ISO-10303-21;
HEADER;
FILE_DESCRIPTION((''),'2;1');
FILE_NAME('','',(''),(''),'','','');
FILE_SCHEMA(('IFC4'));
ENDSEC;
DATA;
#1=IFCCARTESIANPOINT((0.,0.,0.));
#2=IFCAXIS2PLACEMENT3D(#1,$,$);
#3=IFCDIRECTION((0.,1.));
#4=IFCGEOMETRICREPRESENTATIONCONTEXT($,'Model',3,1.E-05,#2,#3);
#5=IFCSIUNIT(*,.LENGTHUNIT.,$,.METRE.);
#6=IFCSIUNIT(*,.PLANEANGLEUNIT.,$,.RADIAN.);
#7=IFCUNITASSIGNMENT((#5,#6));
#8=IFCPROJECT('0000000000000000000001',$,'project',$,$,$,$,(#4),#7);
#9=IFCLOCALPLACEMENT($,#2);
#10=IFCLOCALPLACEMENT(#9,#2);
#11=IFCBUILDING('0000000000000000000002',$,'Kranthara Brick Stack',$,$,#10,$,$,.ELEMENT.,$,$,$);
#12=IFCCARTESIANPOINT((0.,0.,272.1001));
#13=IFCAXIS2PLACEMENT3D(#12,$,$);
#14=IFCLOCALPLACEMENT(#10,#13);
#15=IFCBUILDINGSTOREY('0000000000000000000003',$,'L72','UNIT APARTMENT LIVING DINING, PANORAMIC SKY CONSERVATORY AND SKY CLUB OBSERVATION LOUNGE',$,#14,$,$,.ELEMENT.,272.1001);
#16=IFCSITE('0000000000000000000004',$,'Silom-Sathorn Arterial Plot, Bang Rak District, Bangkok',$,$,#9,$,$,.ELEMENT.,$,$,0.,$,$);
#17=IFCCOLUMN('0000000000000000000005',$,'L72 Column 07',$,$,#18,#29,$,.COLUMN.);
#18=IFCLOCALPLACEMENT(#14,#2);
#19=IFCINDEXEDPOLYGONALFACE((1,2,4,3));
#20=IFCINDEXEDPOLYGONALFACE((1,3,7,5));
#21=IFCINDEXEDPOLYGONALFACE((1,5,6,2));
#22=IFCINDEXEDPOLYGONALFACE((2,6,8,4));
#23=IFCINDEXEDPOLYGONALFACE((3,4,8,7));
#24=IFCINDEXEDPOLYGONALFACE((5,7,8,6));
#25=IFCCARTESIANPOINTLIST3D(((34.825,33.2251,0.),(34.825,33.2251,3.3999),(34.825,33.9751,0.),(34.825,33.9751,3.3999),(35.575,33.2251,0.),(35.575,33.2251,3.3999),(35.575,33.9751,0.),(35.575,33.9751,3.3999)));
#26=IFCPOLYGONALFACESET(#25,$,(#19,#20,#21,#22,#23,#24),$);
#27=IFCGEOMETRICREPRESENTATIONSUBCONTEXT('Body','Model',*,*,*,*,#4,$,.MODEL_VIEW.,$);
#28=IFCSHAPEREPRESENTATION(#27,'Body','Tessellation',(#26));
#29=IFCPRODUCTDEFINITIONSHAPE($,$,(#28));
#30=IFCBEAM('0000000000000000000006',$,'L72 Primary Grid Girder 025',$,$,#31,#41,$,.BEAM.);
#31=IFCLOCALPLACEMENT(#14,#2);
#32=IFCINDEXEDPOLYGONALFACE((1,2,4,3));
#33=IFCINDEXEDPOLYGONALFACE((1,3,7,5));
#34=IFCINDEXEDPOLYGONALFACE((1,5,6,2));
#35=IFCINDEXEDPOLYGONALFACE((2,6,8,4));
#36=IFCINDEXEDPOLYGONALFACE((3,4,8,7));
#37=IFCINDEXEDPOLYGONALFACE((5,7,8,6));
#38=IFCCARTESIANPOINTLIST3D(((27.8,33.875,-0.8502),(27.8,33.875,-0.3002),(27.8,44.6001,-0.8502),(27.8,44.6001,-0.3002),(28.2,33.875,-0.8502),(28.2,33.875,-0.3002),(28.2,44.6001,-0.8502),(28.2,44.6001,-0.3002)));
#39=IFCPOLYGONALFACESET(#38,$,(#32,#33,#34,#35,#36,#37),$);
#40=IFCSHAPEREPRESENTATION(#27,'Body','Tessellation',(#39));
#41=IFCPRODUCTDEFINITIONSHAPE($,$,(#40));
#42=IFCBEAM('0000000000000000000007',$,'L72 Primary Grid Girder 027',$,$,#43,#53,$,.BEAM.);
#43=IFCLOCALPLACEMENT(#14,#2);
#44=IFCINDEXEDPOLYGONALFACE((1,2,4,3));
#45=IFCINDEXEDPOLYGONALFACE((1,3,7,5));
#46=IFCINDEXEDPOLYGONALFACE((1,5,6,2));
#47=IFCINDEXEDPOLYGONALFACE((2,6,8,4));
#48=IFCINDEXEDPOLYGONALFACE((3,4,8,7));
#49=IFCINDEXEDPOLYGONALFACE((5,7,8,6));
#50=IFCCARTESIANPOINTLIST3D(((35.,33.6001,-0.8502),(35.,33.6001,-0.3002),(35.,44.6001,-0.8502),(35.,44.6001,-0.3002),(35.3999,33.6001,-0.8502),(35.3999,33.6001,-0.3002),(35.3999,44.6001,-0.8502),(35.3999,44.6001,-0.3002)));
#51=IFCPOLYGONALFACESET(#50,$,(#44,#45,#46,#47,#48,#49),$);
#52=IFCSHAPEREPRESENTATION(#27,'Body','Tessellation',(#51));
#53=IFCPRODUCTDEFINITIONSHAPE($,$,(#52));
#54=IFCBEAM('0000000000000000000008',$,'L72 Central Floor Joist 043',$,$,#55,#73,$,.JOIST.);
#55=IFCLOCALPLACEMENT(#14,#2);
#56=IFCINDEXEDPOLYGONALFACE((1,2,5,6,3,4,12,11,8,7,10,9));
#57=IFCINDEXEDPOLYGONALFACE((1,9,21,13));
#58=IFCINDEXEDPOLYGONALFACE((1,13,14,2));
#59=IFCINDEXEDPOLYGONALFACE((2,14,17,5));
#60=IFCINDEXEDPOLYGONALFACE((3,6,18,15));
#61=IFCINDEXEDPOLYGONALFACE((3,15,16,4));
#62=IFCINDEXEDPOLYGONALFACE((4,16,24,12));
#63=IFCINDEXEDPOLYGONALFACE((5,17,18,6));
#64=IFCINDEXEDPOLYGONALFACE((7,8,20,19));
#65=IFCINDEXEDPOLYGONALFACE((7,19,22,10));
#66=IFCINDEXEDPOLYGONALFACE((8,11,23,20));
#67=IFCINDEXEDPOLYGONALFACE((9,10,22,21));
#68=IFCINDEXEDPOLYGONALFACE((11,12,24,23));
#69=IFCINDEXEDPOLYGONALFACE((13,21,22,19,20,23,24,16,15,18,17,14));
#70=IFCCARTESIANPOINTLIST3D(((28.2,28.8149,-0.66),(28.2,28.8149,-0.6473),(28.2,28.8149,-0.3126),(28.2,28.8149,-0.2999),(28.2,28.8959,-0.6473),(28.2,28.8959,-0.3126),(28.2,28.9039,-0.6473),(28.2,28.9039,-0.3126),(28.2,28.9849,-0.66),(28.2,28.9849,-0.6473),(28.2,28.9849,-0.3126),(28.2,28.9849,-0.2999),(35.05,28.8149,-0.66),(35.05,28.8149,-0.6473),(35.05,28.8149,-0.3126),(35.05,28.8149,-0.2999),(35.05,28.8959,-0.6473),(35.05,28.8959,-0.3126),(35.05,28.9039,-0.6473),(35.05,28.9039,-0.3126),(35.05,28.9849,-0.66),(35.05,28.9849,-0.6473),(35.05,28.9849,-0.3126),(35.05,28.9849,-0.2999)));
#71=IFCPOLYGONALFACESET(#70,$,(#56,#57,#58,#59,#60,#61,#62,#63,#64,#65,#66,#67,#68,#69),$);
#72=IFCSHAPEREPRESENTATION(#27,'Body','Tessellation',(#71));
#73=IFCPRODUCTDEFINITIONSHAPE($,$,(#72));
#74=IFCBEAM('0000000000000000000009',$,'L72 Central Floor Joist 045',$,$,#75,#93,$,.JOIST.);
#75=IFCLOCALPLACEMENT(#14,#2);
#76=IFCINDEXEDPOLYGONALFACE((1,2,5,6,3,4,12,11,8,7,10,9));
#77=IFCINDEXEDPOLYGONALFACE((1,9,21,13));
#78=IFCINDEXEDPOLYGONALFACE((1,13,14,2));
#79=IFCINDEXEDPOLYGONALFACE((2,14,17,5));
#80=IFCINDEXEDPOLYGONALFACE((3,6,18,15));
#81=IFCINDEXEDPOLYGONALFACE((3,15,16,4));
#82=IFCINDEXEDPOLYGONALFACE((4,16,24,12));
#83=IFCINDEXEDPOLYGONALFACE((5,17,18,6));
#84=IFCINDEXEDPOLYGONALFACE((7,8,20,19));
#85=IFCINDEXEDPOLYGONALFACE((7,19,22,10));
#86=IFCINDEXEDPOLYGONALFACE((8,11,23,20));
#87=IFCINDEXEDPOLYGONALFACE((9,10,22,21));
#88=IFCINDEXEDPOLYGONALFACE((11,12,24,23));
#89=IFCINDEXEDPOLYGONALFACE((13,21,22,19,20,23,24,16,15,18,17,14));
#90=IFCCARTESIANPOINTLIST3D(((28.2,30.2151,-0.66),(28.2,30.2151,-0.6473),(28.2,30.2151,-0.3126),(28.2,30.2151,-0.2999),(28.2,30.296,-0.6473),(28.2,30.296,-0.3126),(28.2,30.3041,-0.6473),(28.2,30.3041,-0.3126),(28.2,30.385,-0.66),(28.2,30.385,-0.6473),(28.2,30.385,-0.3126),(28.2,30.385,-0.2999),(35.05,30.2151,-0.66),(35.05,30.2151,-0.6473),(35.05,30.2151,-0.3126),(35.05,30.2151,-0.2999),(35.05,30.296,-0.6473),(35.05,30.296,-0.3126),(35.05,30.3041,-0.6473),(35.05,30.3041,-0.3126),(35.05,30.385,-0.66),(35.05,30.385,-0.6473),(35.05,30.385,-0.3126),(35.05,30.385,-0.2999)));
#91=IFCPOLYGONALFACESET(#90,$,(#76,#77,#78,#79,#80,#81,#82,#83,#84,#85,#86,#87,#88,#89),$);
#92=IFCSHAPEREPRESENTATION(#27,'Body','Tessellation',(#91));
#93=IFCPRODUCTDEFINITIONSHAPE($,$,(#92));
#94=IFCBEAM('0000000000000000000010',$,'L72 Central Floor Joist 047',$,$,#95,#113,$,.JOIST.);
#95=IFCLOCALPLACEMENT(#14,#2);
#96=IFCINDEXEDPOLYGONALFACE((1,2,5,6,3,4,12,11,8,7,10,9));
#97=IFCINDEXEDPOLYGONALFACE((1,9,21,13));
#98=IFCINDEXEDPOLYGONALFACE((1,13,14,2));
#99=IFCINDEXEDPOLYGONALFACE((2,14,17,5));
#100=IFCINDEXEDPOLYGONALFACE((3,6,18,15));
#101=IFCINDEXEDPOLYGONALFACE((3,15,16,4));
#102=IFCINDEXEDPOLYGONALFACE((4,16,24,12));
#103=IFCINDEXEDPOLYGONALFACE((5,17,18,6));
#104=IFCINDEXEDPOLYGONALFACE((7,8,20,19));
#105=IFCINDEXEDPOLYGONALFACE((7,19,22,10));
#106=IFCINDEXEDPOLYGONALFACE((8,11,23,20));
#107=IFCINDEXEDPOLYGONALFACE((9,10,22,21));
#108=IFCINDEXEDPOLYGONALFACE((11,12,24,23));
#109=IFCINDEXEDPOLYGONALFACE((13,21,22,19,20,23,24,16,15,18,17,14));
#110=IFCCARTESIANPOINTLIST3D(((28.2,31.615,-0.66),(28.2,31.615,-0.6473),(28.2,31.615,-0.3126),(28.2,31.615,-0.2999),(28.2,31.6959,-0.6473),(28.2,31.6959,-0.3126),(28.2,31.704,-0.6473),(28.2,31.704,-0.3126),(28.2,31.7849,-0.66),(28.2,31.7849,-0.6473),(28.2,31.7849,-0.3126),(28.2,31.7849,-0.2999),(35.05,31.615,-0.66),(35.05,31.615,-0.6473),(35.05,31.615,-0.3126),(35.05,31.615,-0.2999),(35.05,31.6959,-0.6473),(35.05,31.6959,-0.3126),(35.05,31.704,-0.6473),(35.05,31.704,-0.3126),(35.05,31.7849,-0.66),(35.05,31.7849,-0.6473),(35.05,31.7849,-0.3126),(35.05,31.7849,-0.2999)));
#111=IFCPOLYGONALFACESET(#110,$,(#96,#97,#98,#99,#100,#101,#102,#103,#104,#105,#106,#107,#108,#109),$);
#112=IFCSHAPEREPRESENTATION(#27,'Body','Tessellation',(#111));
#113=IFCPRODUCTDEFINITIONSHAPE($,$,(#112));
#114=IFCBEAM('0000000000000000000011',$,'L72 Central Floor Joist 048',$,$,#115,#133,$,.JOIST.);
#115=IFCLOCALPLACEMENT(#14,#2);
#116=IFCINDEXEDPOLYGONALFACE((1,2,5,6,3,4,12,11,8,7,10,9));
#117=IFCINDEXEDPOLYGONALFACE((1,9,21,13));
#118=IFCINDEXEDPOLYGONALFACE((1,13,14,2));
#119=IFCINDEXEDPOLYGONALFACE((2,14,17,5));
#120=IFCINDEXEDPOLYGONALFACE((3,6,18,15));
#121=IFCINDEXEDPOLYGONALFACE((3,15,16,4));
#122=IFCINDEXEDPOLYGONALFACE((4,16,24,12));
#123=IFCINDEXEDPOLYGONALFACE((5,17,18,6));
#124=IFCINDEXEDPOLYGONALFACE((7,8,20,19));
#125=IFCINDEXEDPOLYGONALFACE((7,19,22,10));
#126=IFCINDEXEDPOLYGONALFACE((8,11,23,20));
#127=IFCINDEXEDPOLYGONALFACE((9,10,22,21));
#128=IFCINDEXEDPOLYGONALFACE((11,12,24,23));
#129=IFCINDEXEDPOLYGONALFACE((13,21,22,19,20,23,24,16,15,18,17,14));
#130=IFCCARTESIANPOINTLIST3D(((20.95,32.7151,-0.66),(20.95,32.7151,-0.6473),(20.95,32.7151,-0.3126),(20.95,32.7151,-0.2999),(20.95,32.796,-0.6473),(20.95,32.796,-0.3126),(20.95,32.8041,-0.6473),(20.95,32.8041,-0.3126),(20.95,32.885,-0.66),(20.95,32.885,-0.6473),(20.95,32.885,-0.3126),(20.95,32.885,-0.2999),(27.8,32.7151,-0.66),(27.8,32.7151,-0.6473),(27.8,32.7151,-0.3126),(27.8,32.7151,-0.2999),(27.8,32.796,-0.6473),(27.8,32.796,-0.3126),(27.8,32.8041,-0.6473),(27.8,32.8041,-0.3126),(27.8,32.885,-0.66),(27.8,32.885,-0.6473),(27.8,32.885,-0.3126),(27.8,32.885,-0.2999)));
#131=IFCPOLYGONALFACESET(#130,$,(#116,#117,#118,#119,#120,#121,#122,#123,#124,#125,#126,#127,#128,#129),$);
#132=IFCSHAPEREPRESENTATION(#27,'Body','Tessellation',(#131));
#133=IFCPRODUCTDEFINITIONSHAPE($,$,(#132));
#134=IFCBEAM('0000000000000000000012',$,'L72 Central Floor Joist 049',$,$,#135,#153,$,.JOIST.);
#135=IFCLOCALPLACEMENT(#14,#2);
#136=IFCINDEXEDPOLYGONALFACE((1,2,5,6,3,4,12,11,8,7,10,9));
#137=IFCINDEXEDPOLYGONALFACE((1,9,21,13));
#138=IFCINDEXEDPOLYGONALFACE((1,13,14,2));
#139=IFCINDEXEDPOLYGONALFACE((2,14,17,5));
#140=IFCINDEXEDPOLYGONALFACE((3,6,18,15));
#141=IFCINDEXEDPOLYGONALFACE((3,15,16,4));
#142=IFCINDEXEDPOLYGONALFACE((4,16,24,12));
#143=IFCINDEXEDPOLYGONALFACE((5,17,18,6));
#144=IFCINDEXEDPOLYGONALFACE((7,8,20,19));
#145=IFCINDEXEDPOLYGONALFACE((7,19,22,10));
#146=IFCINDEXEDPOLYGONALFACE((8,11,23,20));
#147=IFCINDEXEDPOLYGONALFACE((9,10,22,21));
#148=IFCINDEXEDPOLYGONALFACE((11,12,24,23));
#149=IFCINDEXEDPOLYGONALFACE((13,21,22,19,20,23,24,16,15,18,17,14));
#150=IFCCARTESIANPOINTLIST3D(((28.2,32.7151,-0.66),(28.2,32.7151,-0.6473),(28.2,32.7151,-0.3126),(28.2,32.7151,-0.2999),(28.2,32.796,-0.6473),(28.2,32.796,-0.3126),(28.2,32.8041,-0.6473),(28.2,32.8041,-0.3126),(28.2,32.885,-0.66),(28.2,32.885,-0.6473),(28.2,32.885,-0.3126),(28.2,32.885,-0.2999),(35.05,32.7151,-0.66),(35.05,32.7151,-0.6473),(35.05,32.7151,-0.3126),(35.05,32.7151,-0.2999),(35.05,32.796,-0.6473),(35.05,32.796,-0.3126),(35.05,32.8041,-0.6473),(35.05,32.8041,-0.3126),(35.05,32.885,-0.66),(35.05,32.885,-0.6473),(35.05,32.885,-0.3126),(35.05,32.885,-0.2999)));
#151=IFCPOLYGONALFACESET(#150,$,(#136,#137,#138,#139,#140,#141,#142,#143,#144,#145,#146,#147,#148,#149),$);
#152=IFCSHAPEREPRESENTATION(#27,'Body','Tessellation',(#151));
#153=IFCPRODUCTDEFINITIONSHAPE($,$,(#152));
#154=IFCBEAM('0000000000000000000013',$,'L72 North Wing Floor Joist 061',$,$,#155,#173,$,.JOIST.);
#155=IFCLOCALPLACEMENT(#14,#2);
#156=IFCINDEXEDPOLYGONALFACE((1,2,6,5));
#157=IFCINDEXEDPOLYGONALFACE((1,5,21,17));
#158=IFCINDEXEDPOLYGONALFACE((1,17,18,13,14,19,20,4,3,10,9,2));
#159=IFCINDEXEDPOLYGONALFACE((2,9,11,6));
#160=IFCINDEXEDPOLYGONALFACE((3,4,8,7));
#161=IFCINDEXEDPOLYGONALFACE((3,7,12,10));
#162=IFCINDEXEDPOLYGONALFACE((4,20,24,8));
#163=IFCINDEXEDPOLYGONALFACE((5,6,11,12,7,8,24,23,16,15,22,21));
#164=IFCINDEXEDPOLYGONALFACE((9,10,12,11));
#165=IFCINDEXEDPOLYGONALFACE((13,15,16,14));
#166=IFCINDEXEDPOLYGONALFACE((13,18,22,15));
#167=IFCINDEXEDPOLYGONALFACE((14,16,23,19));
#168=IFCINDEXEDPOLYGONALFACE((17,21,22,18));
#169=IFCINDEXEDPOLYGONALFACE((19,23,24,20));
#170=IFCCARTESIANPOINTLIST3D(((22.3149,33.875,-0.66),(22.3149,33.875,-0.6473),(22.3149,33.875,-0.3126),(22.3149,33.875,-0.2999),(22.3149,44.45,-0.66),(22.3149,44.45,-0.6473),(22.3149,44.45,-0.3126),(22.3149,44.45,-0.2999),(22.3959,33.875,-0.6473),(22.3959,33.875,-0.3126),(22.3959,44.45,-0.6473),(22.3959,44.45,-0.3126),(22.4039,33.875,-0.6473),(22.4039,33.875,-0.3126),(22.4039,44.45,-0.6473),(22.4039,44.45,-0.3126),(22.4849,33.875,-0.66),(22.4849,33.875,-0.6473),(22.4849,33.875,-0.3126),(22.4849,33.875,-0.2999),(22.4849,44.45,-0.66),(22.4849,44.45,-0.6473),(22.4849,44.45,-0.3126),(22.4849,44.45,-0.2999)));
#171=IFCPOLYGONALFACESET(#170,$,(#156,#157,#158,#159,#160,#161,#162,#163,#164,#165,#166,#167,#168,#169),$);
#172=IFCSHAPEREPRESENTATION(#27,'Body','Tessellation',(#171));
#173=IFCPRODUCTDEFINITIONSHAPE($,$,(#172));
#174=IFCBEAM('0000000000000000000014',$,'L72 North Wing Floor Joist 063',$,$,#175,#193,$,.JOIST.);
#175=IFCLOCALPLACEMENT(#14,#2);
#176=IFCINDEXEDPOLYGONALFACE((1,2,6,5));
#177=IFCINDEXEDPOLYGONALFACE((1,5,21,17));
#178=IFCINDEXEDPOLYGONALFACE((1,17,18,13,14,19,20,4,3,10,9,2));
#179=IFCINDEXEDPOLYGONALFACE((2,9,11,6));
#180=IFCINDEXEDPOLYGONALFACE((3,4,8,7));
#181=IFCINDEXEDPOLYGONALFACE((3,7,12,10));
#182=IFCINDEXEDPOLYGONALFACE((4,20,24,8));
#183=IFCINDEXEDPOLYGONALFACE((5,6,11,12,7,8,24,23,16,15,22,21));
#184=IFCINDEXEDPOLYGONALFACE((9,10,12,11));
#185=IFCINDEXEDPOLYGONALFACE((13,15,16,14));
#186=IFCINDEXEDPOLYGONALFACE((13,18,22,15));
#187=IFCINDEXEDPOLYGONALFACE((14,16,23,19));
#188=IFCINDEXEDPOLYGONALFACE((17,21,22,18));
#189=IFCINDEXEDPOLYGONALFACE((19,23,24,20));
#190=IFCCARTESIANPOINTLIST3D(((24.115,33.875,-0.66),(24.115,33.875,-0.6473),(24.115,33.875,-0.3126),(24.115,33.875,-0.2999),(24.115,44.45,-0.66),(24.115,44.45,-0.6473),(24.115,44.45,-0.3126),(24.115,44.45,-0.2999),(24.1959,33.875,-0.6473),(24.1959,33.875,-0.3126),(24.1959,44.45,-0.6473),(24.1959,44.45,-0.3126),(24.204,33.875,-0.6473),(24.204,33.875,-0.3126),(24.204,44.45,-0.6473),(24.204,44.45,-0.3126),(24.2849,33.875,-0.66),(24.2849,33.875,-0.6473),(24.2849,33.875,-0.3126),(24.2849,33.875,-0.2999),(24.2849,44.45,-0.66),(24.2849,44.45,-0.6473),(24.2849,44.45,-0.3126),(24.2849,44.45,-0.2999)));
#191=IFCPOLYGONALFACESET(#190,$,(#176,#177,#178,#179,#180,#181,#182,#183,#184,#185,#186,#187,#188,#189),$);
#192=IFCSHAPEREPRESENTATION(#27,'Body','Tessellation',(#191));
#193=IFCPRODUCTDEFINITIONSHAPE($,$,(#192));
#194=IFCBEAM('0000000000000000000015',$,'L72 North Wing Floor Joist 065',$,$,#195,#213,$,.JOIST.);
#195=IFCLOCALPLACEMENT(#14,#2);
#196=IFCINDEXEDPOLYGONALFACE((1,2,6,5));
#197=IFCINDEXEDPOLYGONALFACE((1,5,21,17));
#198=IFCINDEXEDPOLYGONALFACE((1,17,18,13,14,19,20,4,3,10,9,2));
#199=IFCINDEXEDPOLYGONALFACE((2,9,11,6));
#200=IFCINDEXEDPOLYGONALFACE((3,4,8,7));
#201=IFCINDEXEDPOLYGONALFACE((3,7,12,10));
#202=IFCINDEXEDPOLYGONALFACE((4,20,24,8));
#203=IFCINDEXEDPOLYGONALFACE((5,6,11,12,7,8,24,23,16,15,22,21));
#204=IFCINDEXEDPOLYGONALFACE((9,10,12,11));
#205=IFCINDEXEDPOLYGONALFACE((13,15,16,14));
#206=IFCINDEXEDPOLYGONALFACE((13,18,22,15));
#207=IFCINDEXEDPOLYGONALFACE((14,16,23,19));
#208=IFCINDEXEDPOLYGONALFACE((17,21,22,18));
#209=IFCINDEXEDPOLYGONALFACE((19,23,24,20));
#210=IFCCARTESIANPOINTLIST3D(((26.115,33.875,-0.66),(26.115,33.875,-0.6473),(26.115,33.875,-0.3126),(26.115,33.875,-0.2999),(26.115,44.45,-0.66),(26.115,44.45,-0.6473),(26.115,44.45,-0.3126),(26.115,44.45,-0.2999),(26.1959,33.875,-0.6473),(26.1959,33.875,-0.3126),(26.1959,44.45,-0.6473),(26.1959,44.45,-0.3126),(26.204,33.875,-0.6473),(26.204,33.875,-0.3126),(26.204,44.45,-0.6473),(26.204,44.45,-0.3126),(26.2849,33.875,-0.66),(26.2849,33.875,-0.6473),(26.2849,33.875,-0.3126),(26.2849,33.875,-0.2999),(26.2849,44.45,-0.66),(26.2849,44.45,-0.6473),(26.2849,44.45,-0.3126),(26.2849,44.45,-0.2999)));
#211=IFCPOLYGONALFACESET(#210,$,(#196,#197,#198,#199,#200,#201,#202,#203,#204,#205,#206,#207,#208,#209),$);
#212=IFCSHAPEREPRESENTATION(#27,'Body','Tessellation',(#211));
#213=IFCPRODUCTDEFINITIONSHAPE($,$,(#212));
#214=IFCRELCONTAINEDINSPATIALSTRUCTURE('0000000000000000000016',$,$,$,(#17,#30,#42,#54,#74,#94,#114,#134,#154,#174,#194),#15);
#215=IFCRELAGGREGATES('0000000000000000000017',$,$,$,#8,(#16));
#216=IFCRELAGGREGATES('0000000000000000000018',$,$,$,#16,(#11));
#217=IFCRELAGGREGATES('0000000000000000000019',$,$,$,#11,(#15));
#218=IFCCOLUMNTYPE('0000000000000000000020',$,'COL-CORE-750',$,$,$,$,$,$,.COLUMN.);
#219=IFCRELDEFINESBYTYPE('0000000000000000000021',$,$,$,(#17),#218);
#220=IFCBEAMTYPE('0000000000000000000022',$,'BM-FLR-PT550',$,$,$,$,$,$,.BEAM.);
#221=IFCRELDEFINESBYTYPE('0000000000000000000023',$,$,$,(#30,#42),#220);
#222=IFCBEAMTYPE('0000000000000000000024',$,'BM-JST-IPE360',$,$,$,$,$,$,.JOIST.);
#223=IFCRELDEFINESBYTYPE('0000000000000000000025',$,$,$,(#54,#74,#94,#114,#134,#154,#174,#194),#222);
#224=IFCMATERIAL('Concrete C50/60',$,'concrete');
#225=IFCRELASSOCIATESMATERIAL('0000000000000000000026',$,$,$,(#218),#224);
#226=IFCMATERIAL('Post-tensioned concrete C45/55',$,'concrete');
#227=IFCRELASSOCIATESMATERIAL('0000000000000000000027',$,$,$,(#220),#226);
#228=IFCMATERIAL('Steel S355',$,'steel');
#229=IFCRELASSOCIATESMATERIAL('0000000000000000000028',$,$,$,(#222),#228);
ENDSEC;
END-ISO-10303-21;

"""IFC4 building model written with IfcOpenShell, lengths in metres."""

from ifc_helpers import new_model, si_unit, direction, frame, origin, origin_2d, place, context, subcontext, project, spatial, rectangle, i_section, extrude, material, material_profile, profile_set, type_object, element, save


model = new_model("IFC4")

# Units and contexts
model_context = context("Model", 3, precision=1e-05, world=origin(), true_north=direction((0.0, 1.0)))
body_context = subcontext(model_context, "Body", "Model", "MODEL_VIEW")
ifc_project = project(units=[si_unit("LENGTHUNIT", "METRE"), si_unit("PLANEANGLEUNIT", "RADIAN")], contexts=[model_context])

# Site, building, storey
site_placement = place(None, origin())
site = spatial("IfcSite", under=ifc_project, at=site_placement, Name="Silom-Sathorn Arterial Plot, Bang Rak District, Bangkok", CompositionType="ELEMENT", RefElevation=0.0)
building_placement = place(site_placement, origin())
building = spatial("IfcBuilding", under=site, at=building_placement, Name="Kranthara Brick Stack", CompositionType="ELEMENT")
storey_placement = place(building_placement, frame((0.0, 0.0, 272.1001)))
storey = spatial("IfcBuildingStorey", under=building, at=storey_placement, Name="L72", Description="UNIT APARTMENT LIVING DINING, PANORAMIC SKY CONSERVATORY AND SKY CLUB OBSERVATION LOUNGE", CompositionType="ELEMENT", Elevation=272.1001)

# Column
ifc_material_1 = material(Name="Concrete C50/60", Category="concrete")
ifc_material_profile_1 = material_profile(ifc_material_1, rectangle(XDim=0.75, YDim=0.75, at=origin_2d()), Name="RC 750x750")
ifc_profile_set_1 = profile_set([ifc_material_profile_1], Name="Concrete C50/60")
column_type = type_object("IfcColumnType", Name="COL-CORE-750", PredefinedType="COLUMN", material=ifc_profile_set_1)
column_placement = place(storey_placement, frame((35.2, 33.6001, 0.0), z_axis=(0.0, 0.0, 1.0), x_axis=(1.0, 0.0, 0.0)))
element("IfcColumn", 1, at=column_placement, inside=storey, type_object=column_type, Name="L72 Column 07", PredefinedType="COLUMN", context=body_context, shape_type="SweptSolid", body=[
    extrude(rectangle(XDim=0.75, YDim=0.75, at=origin_2d()), origin(), (0.0, 0.0, 1.0), 3.3999),
])

# Beams
ifc_material_2 = material(Name="Post-tensioned concrete C45/55", Category="concrete")
ifc_material_profile_2 = material_profile(ifc_material_2, rectangle(XDim=0.3999, YDim=0.55, at=origin_2d()), Name="PT 400x550")
ifc_profile_set_2 = profile_set([ifc_material_profile_2], Name="Post-tensioned concrete C45/55")
beam_type_1 = type_object("IfcBeamType", Name="BM-FLR-PT550", PredefinedType="BEAM", material=ifc_profile_set_2)
beam_1_placement = place(storey_placement, frame((28.0, 33.875, -0.5752), z_axis=(0.0, 1.0, 0.0), x_axis=(-1.0, 0.0, 0.0)))
element("IfcBeam", 2, at=beam_1_placement, inside=storey, type_object=beam_type_1, Name="L72 Primary Grid Girder 025", PredefinedType="BEAM", context=body_context, shape_type="SweptSolid", body=[
    extrude(rectangle(XDim=0.3999, YDim=0.55, at=origin_2d()), origin(), (0.0, 0.0, 1.0), 10.7251),
])
beam_2_placement = place(storey_placement, frame((35.2, 33.6001, -0.5752), z_axis=(0.0, 1.0, 0.0), x_axis=(-1.0, 0.0, 0.0)))
element("IfcBeam", 3, at=beam_2_placement, inside=storey, type_object=beam_type_1, Name="L72 Primary Grid Girder 027", PredefinedType="BEAM", context=body_context, shape_type="SweptSolid", body=[
    extrude(rectangle(XDim=0.3999, YDim=0.55, at=origin_2d()), origin(), (0.0, 0.0, 1.0), 11.0),
])
ifc_material_3 = material(Name="Steel S355", Category="steel")
ifc_material_profile_3 = material_profile(ifc_material_3, i_section(OverallWidth=0.1699, OverallDepth=0.3601, WebThickness=0.0081, FlangeThickness=0.0127, at=origin_2d()), Name="IPE 360")
ifc_profile_set_3 = profile_set([ifc_material_profile_3], Name="Steel S355")
beam_type_2 = type_object("IfcBeamType", Name="BM-JST-IPE360", PredefinedType="JOIST", material=ifc_profile_set_3)
for number, where, z_axis, x_axis, name in (
    (4, (28.2, 28.8999, -0.48), (1.0, 0.0, 0.0), (0.0, 1.0, 0.0), "L72 Central Floor Joist 043"),
    (5, (28.2, 30.3, -0.48), (1.0, 0.0, 0.0), (0.0, 1.0, 0.0), "L72 Central Floor Joist 045"),
    (6, (28.2, 31.7, -0.48), (1.0, 0.0, 0.0), (0.0, 1.0, 0.0), "L72 Central Floor Joist 047"),
    (7, (20.95, 32.8, -0.48), (1.0, 0.0, 0.0), (0.0, 1.0, 0.0), "L72 Central Floor Joist 048"),
    (8, (28.2, 32.8, -0.48), (1.0, 0.0, 0.0), (0.0, 1.0, 0.0), "L72 Central Floor Joist 049"),
):
    element("IfcBeam", number, at=place(storey_placement, frame(where, z_axis=z_axis, x_axis=x_axis)), inside=storey, type_object=beam_type_2, Name=name, PredefinedType="JOIST", context=body_context, shape_type="SweptSolid", body=[
        extrude(i_section(OverallWidth=0.1699, OverallDepth=0.3601, WebThickness=0.0081, FlangeThickness=0.0127, at=origin_2d()), origin(), (0.0, 0.0, 1.0), 6.8501),
    ])
for number, where, z_axis, x_axis, name in (
    (9, (22.3999, 33.875, -0.48), (0.0, 1.0, 0.0), (-1.0, 0.0, 0.0), "L72 North Wing Floor Joist 061"),
    (10, (24.2, 33.875, -0.48), (0.0, 1.0, 0.0), (-1.0, 0.0, 0.0), "L72 North Wing Floor Joist 063"),
    (11, (26.2, 33.875, -0.48), (0.0, 1.0, 0.0), (-1.0, 0.0, 0.0), "L72 North Wing Floor Joist 065"),
):
    element("IfcBeam", number, at=place(storey_placement, frame(where, z_axis=z_axis, x_axis=x_axis)), inside=storey, type_object=beam_type_2, Name=name, PredefinedType="JOIST", context=body_context, shape_type="SweptSolid", body=[
        extrude(i_section(OverallWidth=0.1699, OverallDepth=0.3601, WebThickness=0.0081, FlangeThickness=0.0127, at=origin_2d()), origin(), (0.0, 0.0, 1.0), 10.575),
    ])

save(model, "model.ifc")
